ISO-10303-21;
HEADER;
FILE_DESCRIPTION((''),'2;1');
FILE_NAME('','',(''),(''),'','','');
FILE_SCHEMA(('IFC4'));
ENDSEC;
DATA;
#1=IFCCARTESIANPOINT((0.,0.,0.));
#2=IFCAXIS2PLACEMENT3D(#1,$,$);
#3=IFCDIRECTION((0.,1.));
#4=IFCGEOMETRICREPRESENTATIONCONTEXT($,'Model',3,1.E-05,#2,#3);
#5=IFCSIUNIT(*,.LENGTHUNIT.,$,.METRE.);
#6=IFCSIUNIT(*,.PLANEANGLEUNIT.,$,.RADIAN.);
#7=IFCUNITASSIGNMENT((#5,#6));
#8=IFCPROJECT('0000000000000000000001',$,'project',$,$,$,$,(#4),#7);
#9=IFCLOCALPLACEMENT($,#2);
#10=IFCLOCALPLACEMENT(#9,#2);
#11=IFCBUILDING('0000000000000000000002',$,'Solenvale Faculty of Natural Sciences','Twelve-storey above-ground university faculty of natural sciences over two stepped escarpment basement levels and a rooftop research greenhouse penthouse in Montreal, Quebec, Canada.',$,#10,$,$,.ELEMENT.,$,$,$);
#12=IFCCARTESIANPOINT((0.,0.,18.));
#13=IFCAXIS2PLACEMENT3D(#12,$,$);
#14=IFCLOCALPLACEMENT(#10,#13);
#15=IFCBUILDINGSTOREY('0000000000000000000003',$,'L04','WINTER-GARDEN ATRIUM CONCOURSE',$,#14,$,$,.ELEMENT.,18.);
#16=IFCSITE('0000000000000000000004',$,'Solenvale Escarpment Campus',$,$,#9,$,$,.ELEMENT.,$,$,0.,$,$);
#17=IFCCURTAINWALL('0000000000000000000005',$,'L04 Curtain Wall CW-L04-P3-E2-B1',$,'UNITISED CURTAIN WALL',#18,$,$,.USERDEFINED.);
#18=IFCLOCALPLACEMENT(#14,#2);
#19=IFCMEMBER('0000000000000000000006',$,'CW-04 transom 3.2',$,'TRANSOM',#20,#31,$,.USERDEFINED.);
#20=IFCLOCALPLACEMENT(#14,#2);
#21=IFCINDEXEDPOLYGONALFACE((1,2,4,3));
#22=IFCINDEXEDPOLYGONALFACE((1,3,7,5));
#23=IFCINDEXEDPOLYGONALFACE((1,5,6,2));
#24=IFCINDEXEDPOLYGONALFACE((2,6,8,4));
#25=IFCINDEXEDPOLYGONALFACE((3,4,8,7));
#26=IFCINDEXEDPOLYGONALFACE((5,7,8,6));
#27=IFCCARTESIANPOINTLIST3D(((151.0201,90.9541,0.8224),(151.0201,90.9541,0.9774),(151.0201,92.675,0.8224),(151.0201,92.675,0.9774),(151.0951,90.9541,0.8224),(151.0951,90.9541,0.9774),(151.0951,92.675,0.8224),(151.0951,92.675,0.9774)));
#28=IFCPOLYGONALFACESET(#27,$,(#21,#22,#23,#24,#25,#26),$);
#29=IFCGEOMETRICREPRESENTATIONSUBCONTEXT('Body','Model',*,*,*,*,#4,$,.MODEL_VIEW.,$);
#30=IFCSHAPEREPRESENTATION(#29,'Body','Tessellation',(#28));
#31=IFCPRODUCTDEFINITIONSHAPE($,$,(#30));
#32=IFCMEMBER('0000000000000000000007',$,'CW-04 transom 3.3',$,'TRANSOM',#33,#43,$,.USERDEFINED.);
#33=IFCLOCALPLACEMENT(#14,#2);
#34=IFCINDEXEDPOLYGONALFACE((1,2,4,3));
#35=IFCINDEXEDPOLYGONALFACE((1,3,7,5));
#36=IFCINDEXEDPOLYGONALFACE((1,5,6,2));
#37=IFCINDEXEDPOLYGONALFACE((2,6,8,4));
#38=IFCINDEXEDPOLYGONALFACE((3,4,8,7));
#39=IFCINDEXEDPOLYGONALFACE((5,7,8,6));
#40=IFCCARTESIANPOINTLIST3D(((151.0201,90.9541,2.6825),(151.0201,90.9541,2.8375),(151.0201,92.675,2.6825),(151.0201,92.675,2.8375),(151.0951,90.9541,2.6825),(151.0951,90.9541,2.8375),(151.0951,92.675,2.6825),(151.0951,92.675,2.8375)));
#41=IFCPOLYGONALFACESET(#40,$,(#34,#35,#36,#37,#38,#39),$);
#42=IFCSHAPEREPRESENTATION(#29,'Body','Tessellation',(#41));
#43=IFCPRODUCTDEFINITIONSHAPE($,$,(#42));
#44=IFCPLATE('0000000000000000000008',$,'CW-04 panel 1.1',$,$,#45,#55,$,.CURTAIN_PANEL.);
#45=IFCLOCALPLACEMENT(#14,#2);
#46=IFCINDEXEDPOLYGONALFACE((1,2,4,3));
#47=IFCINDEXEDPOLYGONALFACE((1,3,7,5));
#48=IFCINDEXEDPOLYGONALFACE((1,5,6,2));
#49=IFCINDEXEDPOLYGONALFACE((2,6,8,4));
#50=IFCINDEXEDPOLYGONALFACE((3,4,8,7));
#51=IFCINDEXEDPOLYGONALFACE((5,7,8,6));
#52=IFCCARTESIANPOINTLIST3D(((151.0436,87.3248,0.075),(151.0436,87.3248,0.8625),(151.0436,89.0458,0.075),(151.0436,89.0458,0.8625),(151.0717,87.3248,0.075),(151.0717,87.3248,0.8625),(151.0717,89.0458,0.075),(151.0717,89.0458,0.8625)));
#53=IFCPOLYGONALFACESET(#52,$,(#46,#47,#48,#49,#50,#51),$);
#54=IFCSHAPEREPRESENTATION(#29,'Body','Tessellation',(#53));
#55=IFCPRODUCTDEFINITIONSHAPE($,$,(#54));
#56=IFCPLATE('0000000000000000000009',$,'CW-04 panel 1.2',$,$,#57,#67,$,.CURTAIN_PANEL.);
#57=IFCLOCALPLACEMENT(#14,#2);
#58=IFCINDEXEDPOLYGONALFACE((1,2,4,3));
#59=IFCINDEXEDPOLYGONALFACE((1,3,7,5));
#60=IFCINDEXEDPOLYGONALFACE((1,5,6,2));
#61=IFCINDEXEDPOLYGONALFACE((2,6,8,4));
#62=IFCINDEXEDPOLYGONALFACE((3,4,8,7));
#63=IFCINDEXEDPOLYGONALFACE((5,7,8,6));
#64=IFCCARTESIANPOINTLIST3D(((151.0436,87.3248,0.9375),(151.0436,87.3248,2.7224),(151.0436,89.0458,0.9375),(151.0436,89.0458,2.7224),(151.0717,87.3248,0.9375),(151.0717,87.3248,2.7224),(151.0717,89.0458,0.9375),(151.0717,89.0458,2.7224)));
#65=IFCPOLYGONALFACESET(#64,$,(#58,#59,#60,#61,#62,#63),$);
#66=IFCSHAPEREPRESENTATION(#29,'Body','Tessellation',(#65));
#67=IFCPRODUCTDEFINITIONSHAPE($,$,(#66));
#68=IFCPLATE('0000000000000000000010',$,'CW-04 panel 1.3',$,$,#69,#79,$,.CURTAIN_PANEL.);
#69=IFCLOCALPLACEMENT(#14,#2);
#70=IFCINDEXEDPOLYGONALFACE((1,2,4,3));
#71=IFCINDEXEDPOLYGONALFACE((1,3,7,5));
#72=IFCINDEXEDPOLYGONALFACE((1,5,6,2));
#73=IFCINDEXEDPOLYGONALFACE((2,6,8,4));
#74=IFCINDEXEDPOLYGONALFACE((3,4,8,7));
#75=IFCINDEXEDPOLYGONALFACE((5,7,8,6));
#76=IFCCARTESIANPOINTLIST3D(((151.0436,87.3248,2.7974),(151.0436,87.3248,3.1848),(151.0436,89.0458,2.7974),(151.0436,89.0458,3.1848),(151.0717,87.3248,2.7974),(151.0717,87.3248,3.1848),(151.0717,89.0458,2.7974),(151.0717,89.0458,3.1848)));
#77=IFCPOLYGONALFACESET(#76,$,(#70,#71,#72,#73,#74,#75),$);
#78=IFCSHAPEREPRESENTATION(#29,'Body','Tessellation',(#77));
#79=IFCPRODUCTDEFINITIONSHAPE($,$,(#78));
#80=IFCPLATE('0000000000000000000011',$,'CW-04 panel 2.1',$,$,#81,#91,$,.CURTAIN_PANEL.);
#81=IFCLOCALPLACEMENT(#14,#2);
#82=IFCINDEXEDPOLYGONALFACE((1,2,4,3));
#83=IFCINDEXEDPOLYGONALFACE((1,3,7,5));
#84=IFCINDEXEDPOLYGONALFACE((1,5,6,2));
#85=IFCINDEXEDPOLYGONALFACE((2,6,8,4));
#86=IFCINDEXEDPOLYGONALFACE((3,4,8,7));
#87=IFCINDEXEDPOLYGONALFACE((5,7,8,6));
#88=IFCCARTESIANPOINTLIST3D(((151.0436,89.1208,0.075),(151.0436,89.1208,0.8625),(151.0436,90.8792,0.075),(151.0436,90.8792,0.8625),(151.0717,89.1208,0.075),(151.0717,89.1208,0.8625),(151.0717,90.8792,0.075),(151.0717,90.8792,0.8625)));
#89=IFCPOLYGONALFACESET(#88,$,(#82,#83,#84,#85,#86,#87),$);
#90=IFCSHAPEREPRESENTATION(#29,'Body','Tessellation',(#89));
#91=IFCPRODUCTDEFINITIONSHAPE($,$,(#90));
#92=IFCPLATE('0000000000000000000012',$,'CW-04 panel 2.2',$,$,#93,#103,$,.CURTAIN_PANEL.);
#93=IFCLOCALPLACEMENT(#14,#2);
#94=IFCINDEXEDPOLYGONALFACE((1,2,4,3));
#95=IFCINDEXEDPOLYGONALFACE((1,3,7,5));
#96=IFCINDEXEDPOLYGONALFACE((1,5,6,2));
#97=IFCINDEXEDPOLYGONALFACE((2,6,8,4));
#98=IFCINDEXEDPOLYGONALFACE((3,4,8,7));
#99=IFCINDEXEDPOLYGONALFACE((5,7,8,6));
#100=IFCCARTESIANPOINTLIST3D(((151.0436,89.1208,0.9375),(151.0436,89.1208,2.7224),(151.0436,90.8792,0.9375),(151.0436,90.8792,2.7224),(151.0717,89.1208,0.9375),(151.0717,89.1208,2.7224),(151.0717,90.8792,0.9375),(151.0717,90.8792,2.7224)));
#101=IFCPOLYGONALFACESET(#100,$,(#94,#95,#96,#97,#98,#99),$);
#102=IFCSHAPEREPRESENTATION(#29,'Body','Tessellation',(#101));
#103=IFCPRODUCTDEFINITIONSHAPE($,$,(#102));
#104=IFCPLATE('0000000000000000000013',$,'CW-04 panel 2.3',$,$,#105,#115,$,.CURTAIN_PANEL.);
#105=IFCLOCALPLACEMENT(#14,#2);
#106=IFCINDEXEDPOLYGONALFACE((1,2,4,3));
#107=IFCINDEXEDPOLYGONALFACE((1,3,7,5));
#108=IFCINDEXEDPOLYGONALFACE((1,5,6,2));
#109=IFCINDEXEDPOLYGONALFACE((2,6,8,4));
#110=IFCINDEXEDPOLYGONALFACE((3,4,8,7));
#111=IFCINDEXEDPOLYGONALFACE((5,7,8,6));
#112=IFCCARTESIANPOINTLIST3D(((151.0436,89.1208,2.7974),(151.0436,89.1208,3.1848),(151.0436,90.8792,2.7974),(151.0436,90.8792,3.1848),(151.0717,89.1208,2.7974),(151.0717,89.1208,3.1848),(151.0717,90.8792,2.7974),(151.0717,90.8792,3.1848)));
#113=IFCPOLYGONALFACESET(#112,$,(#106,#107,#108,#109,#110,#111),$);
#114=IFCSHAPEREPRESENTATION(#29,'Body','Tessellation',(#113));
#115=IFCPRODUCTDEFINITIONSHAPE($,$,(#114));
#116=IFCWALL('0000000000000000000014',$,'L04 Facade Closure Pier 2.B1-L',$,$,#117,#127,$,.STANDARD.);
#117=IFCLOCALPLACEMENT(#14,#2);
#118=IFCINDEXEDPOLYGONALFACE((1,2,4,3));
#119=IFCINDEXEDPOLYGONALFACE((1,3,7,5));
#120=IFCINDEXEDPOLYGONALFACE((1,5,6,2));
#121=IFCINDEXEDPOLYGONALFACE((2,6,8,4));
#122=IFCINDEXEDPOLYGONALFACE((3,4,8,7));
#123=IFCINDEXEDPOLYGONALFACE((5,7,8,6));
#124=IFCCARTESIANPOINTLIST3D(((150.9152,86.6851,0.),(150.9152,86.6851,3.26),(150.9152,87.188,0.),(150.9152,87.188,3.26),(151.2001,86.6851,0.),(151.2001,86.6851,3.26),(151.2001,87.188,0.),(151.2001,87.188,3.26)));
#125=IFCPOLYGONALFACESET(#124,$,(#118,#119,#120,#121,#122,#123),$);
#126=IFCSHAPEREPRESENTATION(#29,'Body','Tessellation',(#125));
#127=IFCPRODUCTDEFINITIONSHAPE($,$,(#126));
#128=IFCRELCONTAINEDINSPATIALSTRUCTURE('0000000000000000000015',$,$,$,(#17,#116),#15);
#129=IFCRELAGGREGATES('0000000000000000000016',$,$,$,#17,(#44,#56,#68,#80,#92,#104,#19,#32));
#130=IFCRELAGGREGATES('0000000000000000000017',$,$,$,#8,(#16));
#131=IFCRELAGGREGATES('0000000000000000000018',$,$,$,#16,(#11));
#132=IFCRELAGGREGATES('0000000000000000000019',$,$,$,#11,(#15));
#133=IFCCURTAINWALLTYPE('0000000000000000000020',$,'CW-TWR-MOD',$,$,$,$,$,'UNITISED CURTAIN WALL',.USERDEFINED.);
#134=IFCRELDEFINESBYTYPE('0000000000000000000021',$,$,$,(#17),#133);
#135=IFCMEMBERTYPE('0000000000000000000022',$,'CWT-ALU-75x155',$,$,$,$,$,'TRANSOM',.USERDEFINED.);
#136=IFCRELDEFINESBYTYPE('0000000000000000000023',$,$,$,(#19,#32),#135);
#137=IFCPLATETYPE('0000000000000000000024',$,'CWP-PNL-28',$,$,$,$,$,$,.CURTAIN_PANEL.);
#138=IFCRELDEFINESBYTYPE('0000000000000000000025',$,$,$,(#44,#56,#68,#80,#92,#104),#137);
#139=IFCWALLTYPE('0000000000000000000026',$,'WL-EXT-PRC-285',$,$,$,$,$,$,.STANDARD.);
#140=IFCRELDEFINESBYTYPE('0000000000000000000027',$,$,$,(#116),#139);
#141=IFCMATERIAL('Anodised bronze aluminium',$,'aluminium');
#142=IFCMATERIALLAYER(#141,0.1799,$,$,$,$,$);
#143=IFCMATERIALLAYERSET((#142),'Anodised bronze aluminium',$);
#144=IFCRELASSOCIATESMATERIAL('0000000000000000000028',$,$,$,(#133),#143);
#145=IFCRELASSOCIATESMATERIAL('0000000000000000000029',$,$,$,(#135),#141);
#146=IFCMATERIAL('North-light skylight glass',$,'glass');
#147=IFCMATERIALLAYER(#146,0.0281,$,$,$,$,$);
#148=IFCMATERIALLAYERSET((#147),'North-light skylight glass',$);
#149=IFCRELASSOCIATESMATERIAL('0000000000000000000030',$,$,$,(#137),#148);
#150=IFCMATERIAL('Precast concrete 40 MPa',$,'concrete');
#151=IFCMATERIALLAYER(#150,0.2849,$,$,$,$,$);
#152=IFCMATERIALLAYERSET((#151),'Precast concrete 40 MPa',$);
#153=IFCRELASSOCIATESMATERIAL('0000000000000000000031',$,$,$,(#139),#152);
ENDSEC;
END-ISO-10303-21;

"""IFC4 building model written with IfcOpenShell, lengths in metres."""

from ifc_helpers import new_model, si_unit, direction, frame, frame_2d, origin, origin_2d, place, context, subcontext, project, spatial, rectangle, extrude, material, layer, layer_set, material_profile, profile_set, type_object, element, aggregate, save


model = new_model("IFC4")

# Units and contexts
model_context = context("Model", 3, precision=1e-05, world=origin(), true_north=direction((0.0, 1.0)))
body_context = subcontext(model_context, "Body", "Model", "MODEL_VIEW")
ifc_project = project(units=[si_unit("LENGTHUNIT", "METRE"), si_unit("PLANEANGLEUNIT", "RADIAN")], contexts=[model_context])

# Site, building, storey
site_placement = place(None, origin())
site = spatial("IfcSite", under=ifc_project, at=site_placement, Name="Solenvale Escarpment Campus", CompositionType="ELEMENT", RefElevation=0.0)
building_placement = place(site_placement, origin())
building = spatial("IfcBuilding", under=site, at=building_placement, Name="Solenvale Faculty of Natural Sciences", Description="Twelve-storey above-ground university faculty of natural sciences over two stepped escarpment basement levels and a rooftop research greenhouse penthouse in Montreal, Quebec, Canada.", CompositionType="ELEMENT")
storey_placement = place(building_placement, frame((0.0, 0.0, 18.0)))
storey = spatial("IfcBuildingStorey", under=building, at=storey_placement, Name="L04", Description="WINTER-GARDEN ATRIUM CONCOURSE", CompositionType="ELEMENT", Elevation=18.0)

# Curtain wall, members, plates
ifc_material_1 = material(Name="Anodised bronze aluminium", Category="aluminium")
ifc_layer_1 = layer(ifc_material_1, 0.1799)
ifc_layer_set_1 = layer_set([ifc_layer_1], Name="Anodised bronze aluminium")
curtain_wall_type = type_object("IfcCurtainWallType", Name="CW-TWR-MOD", ElementType="UNITISED CURTAIN WALL", PredefinedType="USERDEFINED", material=ifc_layer_set_1)
curtain_wall_placement = place(storey_placement, origin())
curtain_wall = element("IfcCurtainWall", 1, at=curtain_wall_placement, inside=storey, type_object=curtain_wall_type, Name="L04 Curtain Wall CW-L04-P3-E2-B1", ObjectType="UNITISED CURTAIN WALL", PredefinedType="USERDEFINED")
ifc_material_profile_1 = material_profile(ifc_material_1, rectangle(XDim=0.075, YDim=0.155, at=origin_2d()), Name="ALU-TRN-75x155")
ifc_profile_set_1 = profile_set([ifc_material_profile_1], Name="Anodised bronze aluminium")
member_type_1 = type_object("IfcMemberType", Name="CWT-ALU-75x155", ElementType="TRANSOM", PredefinedType="USERDEFINED", material=ifc_profile_set_1)
member_1_placement = place(storey_placement, frame((151.0576, 90.9541, 0.8999), z_axis=(0.0, 1.0, 0.0), x_axis=(-1.0, 0.0, 0.0)))
member_1 = element("IfcMember", 2, at=member_1_placement, type_object=member_type_1, Name="CW-04 transom 3.2", ObjectType="TRANSOM", PredefinedType="USERDEFINED", context=body_context, shape_type="SweptSolid", body=[
    extrude(rectangle(XDim=0.075, YDim=0.155, at=origin_2d()), origin(), (0.0, 0.0, 1.0), 1.7209),
])
member_2_placement = place(storey_placement, frame((151.0576, 90.9541, 2.76), z_axis=(0.0, 1.0, 0.0), x_axis=(-1.0, 0.0, 0.0)))
member_2 = element("IfcMember", 3, at=member_2_placement, type_object=member_type_1, Name="CW-04 transom 3.3", ObjectType="TRANSOM", PredefinedType="USERDEFINED", context=body_context, shape_type="SweptSolid", body=[
    extrude(rectangle(XDim=0.075, YDim=0.155, at=origin_2d()), origin(), (0.0, 0.0, 1.0), 1.7209),
])
ifc_material_2 = material(Name="North-light skylight glass", Category="glass")
ifc_layer_2 = layer(ifc_material_2, 0.0281)
ifc_layer_set_2 = layer_set([ifc_layer_2], Name="North-light skylight glass")
plate_type = type_object("IfcPlateType", Name="CWP-PNL-28", PredefinedType="CURTAIN_PANEL", material=ifc_layer_set_2)
plate_1_placement = place(storey_placement, frame((151.0576, 88.1853, 0.075), z_axis=(0.0, 0.0, 1.0), x_axis=(0.0, 1.0, 0.0)))
plate_1 = element("IfcPlate", 4, at=plate_1_placement, type_object=plate_type, Name="CW-04 panel 1.1", PredefinedType="CURTAIN_PANEL", context=body_context, shape_type="SweptSolid", body=[
    extrude(rectangle(XDim=1.7209, YDim=0.0281, at=origin_2d()), origin(), (0.0, 0.0, 1.0), 0.7876),
])
plate_2_placement = place(storey_placement, frame((151.0576, 88.1853, 0.9375), z_axis=(0.0, 0.0, 1.0), x_axis=(0.0, 1.0, 0.0)))
plate_2 = element("IfcPlate", 5, at=plate_2_placement, type_object=plate_type, Name="CW-04 panel 1.2", PredefinedType="CURTAIN_PANEL", context=body_context, shape_type="SweptSolid", body=[
    extrude(rectangle(XDim=1.7209, YDim=0.0281, at=origin_2d()), origin(), (0.0, 0.0, 1.0), 1.7849),
])
plate_3_placement = place(storey_placement, frame((151.0576, 88.1853, 2.7974), z_axis=(0.0, 0.0, 1.0), x_axis=(0.0, 1.0, 0.0)))
plate_3 = element("IfcPlate", 6, at=plate_3_placement, type_object=plate_type, Name="CW-04 panel 1.3", PredefinedType="CURTAIN_PANEL", context=body_context, shape_type="SweptSolid", body=[
    extrude(rectangle(XDim=1.7209, YDim=0.0281, at=origin_2d()), origin(), (0.0, 0.0, 1.0), 0.3875),
])
plate_4_placement = place(storey_placement, frame((151.0576, 90.0, 0.075), z_axis=(0.0, 0.0, 1.0), x_axis=(0.0, 1.0, 0.0)))
plate_4 = element("IfcPlate", 7, at=plate_4_placement, type_object=plate_type, Name="CW-04 panel 2.1", PredefinedType="CURTAIN_PANEL", context=body_context, shape_type="SweptSolid", body=[
    extrude(rectangle(XDim=1.7583, YDim=0.0281, at=origin_2d()), origin(), (0.0, 0.0, 1.0), 0.7876),
])
plate_5_placement = place(storey_placement, frame((151.0576, 90.0, 0.9375), z_axis=(0.0, 0.0, 1.0), x_axis=(0.0, 1.0, 0.0)))
plate_5 = element("IfcPlate", 8, at=plate_5_placement, type_object=plate_type, Name="CW-04 panel 2.2", PredefinedType="CURTAIN_PANEL", context=body_context, shape_type="SweptSolid", body=[
    extrude(rectangle(XDim=1.7583, YDim=0.0281, at=origin_2d()), origin(), (0.0, 0.0, 1.0), 1.7849),
])
plate_6_placement = place(storey_placement, frame((151.0576, 90.0, 2.7974), z_axis=(0.0, 0.0, 1.0), x_axis=(0.0, 1.0, 0.0)))
plate_6 = element("IfcPlate", 9, at=plate_6_placement, type_object=plate_type, Name="CW-04 panel 2.3", PredefinedType="CURTAIN_PANEL", context=body_context, shape_type="SweptSolid", body=[
    extrude(rectangle(XDim=1.7583, YDim=0.0281, at=origin_2d()), origin(), (0.0, 0.0, 1.0), 0.3875),
])
aggregate(curtain_wall, [plate_1, plate_2, plate_3, plate_4, plate_5, plate_6, member_1, member_2])

# Wall
ifc_material_3 = material(Name="Precast concrete 40 MPa", Category="concrete")
ifc_layer_3 = layer(ifc_material_3, 0.2849)
ifc_layer_set_3 = layer_set([ifc_layer_3], Name="Precast concrete 40 MPa")
wall_type = type_object("IfcWallType", Name="WL-EXT-PRC-285", PredefinedType="STANDARD", material=ifc_layer_set_3)
wall_placement = place(storey_placement, frame((151.0576, 86.6851, 0.0), z_axis=(0.0, 0.0, 1.0), x_axis=(0.0, 1.0, 0.0)))
element("IfcWall", 10, at=wall_placement, inside=storey, type_object=wall_type, Name="L04 Facade Closure Pier 2.B1-L", PredefinedType="STANDARD", context=body_context, shape_type="SweptSolid", body=[
    extrude(rectangle(XDim=0.5029, YDim=0.2849, at=frame_2d((0.2515, 0.0))), origin(), (0.0, 0.0, 1.0), 3.26),
])

save(model, "model.ifc")
